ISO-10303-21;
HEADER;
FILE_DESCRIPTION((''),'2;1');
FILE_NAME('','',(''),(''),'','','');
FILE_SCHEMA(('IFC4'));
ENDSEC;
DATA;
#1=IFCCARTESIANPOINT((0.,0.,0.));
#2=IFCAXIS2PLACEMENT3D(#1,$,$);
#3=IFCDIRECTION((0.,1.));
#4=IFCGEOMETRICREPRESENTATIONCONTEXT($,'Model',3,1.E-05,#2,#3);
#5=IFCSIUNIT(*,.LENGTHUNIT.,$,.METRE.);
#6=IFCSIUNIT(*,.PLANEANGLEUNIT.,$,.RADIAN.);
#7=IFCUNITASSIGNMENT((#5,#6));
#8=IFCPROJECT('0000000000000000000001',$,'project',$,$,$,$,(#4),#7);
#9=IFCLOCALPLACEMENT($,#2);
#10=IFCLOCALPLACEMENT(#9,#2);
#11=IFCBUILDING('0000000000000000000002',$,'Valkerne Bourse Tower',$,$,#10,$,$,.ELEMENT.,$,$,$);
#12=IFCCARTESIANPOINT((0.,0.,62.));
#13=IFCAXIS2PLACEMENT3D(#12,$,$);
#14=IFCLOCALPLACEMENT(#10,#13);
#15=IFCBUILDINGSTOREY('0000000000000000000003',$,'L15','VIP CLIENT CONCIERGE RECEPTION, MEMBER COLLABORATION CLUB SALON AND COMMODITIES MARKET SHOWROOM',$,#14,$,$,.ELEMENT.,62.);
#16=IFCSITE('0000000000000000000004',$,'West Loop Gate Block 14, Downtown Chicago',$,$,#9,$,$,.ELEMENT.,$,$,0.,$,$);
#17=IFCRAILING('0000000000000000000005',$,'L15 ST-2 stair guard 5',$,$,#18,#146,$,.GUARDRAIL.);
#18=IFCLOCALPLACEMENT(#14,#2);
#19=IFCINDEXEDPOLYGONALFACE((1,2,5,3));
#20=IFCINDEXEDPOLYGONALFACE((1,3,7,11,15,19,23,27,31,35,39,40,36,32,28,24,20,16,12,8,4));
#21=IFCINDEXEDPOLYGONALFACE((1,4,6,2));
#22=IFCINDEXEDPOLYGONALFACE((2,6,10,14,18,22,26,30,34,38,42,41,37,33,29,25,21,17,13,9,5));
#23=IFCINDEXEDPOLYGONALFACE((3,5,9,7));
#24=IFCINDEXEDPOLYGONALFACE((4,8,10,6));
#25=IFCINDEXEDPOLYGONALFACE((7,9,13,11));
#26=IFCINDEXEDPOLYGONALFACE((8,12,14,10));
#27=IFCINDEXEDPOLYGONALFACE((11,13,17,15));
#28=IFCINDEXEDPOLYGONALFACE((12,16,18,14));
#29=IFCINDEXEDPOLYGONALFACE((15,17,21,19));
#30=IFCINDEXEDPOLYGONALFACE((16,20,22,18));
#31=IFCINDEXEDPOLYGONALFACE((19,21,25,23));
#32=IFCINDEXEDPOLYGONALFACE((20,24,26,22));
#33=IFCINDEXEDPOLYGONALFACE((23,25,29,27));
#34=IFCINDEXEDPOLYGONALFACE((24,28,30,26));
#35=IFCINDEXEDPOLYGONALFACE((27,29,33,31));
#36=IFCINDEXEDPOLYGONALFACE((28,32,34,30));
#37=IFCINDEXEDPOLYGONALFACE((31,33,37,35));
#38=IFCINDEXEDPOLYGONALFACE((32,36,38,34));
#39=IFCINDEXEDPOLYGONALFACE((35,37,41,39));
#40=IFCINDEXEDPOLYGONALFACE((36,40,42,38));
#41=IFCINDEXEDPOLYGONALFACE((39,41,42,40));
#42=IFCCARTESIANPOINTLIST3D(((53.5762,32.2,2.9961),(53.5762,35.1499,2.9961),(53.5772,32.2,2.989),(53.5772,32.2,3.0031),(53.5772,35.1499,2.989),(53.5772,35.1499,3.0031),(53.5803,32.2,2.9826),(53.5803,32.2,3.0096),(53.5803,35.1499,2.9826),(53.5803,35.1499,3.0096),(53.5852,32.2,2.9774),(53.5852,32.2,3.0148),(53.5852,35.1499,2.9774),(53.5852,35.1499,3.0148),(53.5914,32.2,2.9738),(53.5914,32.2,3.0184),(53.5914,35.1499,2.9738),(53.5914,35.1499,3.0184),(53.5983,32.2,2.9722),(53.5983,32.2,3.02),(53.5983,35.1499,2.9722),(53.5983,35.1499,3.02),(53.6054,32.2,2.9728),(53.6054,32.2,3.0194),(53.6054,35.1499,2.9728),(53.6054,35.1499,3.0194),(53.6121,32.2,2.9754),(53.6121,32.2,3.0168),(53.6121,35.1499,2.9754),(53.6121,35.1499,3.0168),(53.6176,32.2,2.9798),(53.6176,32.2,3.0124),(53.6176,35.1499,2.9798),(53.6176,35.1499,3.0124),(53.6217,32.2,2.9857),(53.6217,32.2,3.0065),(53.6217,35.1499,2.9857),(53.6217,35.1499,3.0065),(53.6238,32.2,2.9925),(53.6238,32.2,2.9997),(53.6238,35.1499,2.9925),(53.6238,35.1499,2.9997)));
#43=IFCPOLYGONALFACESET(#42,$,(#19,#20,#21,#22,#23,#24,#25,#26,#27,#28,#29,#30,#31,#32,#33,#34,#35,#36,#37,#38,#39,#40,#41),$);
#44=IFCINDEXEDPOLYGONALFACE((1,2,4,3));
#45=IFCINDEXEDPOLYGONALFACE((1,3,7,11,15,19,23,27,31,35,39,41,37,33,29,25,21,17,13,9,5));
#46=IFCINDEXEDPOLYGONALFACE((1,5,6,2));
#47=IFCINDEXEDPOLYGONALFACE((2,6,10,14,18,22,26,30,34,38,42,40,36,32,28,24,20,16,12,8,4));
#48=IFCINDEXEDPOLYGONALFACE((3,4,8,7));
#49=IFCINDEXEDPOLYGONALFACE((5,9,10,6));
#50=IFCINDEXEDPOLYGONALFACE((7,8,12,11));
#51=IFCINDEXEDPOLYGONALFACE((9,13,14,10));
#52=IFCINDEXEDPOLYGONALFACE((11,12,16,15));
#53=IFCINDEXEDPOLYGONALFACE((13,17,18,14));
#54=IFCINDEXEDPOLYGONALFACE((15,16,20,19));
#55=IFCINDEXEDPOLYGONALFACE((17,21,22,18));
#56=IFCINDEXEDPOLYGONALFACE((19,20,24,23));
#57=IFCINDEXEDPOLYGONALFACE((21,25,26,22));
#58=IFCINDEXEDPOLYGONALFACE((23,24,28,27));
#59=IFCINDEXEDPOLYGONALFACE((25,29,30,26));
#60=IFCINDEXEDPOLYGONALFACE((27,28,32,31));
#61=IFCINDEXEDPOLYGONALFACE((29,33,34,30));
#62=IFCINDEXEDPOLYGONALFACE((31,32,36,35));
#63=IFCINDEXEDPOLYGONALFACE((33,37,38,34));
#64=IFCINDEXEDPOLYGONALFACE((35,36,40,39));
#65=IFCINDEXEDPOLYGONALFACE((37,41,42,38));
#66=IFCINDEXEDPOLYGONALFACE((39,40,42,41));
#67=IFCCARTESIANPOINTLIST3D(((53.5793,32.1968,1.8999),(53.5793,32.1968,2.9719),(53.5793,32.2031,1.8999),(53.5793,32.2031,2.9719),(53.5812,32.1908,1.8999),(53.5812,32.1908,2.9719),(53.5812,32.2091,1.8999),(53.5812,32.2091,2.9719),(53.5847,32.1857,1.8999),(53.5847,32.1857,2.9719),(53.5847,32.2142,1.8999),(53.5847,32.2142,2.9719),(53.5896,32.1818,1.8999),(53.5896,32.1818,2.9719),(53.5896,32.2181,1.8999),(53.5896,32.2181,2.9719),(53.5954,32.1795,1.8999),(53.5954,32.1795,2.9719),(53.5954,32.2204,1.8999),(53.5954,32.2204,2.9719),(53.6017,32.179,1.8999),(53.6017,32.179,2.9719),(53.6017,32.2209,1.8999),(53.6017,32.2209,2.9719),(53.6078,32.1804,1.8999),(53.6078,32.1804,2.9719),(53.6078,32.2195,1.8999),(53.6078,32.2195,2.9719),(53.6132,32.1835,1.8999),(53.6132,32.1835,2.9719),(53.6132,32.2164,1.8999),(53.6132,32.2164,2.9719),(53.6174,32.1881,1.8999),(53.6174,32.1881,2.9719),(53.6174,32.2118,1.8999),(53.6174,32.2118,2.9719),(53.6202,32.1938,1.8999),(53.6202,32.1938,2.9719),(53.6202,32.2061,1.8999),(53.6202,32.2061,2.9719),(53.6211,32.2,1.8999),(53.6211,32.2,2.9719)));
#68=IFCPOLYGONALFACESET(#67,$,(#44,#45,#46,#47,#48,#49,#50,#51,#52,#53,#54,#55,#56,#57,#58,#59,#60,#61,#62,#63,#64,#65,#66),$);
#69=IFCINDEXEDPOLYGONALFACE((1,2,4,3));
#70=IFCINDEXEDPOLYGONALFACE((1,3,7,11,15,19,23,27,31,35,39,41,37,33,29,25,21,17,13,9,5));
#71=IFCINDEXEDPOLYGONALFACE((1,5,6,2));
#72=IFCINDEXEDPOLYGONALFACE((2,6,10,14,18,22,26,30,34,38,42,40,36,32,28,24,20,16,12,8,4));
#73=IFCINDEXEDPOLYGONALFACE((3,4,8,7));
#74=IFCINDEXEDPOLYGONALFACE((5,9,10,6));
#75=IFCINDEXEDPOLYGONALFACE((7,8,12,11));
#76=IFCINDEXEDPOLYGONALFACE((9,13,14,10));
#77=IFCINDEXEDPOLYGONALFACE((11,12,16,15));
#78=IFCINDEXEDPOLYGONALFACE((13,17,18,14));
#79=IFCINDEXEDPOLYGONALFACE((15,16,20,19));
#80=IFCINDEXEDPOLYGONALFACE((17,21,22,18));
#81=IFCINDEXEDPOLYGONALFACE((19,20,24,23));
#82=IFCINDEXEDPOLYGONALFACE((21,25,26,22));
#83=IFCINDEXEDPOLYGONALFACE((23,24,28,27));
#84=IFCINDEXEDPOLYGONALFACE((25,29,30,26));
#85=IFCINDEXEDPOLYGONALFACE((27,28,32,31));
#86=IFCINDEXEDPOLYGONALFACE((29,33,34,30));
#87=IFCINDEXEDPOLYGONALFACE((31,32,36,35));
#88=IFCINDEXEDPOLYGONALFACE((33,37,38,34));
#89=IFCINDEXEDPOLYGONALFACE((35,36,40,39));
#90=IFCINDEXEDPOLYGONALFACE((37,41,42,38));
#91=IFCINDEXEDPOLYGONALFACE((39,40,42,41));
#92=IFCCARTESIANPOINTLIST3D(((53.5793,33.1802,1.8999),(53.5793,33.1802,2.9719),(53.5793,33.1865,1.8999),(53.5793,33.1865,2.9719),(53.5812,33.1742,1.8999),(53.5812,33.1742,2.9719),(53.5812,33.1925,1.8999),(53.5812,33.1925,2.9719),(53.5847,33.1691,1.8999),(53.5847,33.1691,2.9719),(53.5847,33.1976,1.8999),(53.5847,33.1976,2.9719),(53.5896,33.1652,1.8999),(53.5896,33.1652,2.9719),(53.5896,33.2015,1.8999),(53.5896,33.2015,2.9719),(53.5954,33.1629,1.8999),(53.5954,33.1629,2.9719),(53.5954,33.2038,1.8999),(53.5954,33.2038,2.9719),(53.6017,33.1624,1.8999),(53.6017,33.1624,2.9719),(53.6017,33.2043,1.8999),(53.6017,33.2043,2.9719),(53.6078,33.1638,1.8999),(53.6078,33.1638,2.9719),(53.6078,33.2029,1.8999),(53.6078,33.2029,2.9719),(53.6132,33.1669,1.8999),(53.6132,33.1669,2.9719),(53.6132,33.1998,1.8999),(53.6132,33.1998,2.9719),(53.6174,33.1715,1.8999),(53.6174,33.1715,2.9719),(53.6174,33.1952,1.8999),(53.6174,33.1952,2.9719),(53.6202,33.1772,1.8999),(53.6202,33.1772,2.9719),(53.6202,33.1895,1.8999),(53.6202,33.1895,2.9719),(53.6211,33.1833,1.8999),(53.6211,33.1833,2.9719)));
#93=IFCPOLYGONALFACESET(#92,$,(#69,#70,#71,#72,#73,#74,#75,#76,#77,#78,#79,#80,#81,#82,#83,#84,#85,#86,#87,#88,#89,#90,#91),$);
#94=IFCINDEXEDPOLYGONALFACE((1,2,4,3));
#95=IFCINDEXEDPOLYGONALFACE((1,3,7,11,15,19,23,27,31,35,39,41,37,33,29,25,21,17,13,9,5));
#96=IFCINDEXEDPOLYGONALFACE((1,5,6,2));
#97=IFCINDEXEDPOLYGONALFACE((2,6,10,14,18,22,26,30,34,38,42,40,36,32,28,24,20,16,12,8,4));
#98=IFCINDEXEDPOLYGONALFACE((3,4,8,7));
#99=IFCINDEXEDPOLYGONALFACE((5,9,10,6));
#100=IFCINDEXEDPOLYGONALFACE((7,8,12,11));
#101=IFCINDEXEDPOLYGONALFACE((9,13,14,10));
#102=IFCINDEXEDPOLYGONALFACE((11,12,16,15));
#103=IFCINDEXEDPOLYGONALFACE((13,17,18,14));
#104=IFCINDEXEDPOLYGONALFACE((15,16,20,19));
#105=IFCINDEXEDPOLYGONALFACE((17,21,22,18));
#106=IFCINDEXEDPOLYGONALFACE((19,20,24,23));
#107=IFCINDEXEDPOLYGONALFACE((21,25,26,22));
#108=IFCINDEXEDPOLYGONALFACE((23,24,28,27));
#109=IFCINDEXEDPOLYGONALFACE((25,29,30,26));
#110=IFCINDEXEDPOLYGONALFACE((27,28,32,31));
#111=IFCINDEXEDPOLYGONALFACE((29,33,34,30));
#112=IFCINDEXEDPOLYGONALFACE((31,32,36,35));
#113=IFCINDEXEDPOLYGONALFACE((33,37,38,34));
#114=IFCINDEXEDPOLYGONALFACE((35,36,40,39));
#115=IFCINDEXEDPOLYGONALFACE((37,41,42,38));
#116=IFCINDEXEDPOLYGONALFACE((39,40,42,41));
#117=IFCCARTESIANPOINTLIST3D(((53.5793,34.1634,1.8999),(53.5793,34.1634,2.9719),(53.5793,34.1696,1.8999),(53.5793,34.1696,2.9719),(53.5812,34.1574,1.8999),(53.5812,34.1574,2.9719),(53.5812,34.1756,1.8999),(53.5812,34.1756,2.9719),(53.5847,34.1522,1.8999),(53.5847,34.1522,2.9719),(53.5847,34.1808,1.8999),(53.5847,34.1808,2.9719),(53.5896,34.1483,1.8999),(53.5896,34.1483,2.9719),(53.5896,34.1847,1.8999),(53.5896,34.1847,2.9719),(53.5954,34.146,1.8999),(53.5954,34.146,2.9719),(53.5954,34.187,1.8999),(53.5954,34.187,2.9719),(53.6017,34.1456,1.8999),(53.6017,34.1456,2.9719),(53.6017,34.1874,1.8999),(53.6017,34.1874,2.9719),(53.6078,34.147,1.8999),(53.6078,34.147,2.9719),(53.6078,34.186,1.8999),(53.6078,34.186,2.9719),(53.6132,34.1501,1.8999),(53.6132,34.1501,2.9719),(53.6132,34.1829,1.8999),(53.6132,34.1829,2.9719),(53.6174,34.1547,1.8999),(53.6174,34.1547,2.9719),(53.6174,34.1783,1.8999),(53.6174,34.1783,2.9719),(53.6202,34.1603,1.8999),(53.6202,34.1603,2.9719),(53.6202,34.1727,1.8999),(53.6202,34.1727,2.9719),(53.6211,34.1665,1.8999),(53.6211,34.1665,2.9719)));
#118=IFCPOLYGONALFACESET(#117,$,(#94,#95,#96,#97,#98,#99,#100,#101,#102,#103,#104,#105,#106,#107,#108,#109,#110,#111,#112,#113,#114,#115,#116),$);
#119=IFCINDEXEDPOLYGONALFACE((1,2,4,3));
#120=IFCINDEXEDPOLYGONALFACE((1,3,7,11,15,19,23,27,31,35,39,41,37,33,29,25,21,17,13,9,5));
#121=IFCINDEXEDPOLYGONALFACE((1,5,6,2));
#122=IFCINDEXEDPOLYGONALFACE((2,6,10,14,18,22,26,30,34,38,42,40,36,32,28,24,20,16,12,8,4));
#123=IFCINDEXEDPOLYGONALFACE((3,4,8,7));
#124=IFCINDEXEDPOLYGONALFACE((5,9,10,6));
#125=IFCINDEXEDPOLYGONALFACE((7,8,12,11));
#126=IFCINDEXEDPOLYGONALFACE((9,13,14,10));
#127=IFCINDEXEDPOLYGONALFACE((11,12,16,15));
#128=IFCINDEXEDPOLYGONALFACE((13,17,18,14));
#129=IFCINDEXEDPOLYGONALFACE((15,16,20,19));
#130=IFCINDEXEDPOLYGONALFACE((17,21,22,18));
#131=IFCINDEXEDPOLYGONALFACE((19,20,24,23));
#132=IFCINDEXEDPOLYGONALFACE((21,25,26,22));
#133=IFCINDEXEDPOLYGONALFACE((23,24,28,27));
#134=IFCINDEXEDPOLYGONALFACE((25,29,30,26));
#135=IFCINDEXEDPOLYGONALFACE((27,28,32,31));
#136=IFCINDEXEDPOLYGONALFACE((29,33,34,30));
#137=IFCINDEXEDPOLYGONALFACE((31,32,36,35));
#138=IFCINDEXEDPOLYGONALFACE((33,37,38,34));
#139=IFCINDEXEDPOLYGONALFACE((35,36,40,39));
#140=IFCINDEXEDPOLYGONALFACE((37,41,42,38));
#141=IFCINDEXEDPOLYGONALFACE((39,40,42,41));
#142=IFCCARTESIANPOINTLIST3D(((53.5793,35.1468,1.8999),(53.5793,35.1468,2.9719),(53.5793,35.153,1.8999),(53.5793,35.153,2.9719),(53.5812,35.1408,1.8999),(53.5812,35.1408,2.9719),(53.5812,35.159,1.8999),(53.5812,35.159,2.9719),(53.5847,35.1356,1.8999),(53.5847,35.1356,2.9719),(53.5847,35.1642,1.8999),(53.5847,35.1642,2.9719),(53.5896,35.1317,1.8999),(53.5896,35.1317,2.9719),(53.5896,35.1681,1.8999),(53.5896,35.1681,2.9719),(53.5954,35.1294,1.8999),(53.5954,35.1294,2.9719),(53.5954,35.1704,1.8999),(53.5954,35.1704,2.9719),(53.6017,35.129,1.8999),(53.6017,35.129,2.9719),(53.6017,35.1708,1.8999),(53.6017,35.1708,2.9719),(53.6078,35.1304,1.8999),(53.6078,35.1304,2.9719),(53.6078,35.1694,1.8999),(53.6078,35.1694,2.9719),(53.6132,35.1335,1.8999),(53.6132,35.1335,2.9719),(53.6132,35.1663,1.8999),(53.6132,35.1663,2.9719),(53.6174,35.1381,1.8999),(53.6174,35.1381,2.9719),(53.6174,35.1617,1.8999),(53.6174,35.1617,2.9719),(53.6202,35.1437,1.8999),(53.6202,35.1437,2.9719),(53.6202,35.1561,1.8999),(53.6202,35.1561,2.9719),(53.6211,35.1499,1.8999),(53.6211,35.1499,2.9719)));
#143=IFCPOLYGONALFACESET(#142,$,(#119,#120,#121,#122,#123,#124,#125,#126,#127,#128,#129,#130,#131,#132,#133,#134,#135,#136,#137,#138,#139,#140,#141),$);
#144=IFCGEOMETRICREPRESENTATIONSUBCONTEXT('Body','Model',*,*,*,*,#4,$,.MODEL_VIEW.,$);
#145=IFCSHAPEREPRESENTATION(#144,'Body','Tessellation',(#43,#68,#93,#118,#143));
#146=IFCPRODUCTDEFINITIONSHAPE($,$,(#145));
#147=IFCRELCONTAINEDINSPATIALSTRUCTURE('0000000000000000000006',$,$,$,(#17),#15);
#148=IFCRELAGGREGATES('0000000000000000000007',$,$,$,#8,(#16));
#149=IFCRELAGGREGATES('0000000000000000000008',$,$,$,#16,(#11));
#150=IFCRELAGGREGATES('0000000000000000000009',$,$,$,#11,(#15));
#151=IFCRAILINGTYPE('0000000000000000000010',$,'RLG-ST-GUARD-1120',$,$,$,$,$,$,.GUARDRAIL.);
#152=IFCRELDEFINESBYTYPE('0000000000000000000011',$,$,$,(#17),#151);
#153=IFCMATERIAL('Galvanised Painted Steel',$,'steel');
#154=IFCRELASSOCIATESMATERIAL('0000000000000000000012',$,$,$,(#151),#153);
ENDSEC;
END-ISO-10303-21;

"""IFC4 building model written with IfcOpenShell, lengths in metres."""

from ifc_helpers import new_model, si_unit, direction, frame, origin, origin_2d, place, context, subcontext, project, spatial, circle, extrude, material, type_object, element, save


model = new_model("IFC4")

# Units and contexts
model_context = context("Model", 3, precision=1e-05, world=origin(), true_north=direction((0.0, 1.0)))
body_context = subcontext(model_context, "Body", "Model", "MODEL_VIEW")
ifc_project = project(units=[si_unit("LENGTHUNIT", "METRE"), si_unit("PLANEANGLEUNIT", "RADIAN")], contexts=[model_context])

# Site, building, storey
site_placement = place(None, origin())
site = spatial("IfcSite", under=ifc_project, at=site_placement, Name="West Loop Gate Block 14, Downtown Chicago", CompositionType="ELEMENT", RefElevation=0.0)
building_placement = place(site_placement, origin())
building = spatial("IfcBuilding", under=site, at=building_placement, Name="Valkerne Bourse Tower", CompositionType="ELEMENT")
storey_placement = place(building_placement, frame((0.0, 0.0, 62.0)))
storey = spatial("IfcBuildingStorey", under=building, at=storey_placement, Name="L15", Description="VIP CLIENT CONCIERGE RECEPTION, MEMBER COLLABORATION CLUB SALON AND COMMODITIES MARKET SHOWROOM", CompositionType="ELEMENT", Elevation=62.0)

# Railing
ifc_material_1 = material(Name="Galvanised Painted Steel", Category="steel")
railing_type_1 = type_object("IfcRailingType", Name="RLG-ST-GUARD-1120", PredefinedType="GUARDRAIL", material=ifc_material_1)
railing_1_placement = place(storey_placement, frame((53.6001, 32.2, 1.8999)))
element("IfcRailing", 1, at=railing_1_placement, inside=storey, type_object=railing_type_1, Name="L15 ST-2 stair guard 5", PredefinedType="GUARDRAIL", context=body_context, shape_type="SweptSolid", body=[
    extrude(circle(Radius=0.0239, at=origin_2d()), frame((0.0, 0.0, 1.0962), z_axis=(0.0, 1.0, 0.0), x_axis=(-1.0, 0.0, 0.0)), (0.0, 0.0, 1.0), 2.95),
    extrude(circle(Radius=0.021, at=origin_2d()), origin(), (0.0, 0.0, 1.0), 1.072),
    extrude(circle(Radius=0.021, at=origin_2d()), frame((0.0, 0.9834, 0.0)), (0.0, 0.0, 1.0), 1.072),
    extrude(circle(Radius=0.021, at=origin_2d()), frame((0.0, 1.9666, 0.0)), (0.0, 0.0, 1.0), 1.072),
    extrude(circle(Radius=0.021, at=origin_2d()), frame((0.0, 2.95, 0.0)), (0.0, 0.0, 1.0), 1.072),
])

save(model, "model.ifc")
